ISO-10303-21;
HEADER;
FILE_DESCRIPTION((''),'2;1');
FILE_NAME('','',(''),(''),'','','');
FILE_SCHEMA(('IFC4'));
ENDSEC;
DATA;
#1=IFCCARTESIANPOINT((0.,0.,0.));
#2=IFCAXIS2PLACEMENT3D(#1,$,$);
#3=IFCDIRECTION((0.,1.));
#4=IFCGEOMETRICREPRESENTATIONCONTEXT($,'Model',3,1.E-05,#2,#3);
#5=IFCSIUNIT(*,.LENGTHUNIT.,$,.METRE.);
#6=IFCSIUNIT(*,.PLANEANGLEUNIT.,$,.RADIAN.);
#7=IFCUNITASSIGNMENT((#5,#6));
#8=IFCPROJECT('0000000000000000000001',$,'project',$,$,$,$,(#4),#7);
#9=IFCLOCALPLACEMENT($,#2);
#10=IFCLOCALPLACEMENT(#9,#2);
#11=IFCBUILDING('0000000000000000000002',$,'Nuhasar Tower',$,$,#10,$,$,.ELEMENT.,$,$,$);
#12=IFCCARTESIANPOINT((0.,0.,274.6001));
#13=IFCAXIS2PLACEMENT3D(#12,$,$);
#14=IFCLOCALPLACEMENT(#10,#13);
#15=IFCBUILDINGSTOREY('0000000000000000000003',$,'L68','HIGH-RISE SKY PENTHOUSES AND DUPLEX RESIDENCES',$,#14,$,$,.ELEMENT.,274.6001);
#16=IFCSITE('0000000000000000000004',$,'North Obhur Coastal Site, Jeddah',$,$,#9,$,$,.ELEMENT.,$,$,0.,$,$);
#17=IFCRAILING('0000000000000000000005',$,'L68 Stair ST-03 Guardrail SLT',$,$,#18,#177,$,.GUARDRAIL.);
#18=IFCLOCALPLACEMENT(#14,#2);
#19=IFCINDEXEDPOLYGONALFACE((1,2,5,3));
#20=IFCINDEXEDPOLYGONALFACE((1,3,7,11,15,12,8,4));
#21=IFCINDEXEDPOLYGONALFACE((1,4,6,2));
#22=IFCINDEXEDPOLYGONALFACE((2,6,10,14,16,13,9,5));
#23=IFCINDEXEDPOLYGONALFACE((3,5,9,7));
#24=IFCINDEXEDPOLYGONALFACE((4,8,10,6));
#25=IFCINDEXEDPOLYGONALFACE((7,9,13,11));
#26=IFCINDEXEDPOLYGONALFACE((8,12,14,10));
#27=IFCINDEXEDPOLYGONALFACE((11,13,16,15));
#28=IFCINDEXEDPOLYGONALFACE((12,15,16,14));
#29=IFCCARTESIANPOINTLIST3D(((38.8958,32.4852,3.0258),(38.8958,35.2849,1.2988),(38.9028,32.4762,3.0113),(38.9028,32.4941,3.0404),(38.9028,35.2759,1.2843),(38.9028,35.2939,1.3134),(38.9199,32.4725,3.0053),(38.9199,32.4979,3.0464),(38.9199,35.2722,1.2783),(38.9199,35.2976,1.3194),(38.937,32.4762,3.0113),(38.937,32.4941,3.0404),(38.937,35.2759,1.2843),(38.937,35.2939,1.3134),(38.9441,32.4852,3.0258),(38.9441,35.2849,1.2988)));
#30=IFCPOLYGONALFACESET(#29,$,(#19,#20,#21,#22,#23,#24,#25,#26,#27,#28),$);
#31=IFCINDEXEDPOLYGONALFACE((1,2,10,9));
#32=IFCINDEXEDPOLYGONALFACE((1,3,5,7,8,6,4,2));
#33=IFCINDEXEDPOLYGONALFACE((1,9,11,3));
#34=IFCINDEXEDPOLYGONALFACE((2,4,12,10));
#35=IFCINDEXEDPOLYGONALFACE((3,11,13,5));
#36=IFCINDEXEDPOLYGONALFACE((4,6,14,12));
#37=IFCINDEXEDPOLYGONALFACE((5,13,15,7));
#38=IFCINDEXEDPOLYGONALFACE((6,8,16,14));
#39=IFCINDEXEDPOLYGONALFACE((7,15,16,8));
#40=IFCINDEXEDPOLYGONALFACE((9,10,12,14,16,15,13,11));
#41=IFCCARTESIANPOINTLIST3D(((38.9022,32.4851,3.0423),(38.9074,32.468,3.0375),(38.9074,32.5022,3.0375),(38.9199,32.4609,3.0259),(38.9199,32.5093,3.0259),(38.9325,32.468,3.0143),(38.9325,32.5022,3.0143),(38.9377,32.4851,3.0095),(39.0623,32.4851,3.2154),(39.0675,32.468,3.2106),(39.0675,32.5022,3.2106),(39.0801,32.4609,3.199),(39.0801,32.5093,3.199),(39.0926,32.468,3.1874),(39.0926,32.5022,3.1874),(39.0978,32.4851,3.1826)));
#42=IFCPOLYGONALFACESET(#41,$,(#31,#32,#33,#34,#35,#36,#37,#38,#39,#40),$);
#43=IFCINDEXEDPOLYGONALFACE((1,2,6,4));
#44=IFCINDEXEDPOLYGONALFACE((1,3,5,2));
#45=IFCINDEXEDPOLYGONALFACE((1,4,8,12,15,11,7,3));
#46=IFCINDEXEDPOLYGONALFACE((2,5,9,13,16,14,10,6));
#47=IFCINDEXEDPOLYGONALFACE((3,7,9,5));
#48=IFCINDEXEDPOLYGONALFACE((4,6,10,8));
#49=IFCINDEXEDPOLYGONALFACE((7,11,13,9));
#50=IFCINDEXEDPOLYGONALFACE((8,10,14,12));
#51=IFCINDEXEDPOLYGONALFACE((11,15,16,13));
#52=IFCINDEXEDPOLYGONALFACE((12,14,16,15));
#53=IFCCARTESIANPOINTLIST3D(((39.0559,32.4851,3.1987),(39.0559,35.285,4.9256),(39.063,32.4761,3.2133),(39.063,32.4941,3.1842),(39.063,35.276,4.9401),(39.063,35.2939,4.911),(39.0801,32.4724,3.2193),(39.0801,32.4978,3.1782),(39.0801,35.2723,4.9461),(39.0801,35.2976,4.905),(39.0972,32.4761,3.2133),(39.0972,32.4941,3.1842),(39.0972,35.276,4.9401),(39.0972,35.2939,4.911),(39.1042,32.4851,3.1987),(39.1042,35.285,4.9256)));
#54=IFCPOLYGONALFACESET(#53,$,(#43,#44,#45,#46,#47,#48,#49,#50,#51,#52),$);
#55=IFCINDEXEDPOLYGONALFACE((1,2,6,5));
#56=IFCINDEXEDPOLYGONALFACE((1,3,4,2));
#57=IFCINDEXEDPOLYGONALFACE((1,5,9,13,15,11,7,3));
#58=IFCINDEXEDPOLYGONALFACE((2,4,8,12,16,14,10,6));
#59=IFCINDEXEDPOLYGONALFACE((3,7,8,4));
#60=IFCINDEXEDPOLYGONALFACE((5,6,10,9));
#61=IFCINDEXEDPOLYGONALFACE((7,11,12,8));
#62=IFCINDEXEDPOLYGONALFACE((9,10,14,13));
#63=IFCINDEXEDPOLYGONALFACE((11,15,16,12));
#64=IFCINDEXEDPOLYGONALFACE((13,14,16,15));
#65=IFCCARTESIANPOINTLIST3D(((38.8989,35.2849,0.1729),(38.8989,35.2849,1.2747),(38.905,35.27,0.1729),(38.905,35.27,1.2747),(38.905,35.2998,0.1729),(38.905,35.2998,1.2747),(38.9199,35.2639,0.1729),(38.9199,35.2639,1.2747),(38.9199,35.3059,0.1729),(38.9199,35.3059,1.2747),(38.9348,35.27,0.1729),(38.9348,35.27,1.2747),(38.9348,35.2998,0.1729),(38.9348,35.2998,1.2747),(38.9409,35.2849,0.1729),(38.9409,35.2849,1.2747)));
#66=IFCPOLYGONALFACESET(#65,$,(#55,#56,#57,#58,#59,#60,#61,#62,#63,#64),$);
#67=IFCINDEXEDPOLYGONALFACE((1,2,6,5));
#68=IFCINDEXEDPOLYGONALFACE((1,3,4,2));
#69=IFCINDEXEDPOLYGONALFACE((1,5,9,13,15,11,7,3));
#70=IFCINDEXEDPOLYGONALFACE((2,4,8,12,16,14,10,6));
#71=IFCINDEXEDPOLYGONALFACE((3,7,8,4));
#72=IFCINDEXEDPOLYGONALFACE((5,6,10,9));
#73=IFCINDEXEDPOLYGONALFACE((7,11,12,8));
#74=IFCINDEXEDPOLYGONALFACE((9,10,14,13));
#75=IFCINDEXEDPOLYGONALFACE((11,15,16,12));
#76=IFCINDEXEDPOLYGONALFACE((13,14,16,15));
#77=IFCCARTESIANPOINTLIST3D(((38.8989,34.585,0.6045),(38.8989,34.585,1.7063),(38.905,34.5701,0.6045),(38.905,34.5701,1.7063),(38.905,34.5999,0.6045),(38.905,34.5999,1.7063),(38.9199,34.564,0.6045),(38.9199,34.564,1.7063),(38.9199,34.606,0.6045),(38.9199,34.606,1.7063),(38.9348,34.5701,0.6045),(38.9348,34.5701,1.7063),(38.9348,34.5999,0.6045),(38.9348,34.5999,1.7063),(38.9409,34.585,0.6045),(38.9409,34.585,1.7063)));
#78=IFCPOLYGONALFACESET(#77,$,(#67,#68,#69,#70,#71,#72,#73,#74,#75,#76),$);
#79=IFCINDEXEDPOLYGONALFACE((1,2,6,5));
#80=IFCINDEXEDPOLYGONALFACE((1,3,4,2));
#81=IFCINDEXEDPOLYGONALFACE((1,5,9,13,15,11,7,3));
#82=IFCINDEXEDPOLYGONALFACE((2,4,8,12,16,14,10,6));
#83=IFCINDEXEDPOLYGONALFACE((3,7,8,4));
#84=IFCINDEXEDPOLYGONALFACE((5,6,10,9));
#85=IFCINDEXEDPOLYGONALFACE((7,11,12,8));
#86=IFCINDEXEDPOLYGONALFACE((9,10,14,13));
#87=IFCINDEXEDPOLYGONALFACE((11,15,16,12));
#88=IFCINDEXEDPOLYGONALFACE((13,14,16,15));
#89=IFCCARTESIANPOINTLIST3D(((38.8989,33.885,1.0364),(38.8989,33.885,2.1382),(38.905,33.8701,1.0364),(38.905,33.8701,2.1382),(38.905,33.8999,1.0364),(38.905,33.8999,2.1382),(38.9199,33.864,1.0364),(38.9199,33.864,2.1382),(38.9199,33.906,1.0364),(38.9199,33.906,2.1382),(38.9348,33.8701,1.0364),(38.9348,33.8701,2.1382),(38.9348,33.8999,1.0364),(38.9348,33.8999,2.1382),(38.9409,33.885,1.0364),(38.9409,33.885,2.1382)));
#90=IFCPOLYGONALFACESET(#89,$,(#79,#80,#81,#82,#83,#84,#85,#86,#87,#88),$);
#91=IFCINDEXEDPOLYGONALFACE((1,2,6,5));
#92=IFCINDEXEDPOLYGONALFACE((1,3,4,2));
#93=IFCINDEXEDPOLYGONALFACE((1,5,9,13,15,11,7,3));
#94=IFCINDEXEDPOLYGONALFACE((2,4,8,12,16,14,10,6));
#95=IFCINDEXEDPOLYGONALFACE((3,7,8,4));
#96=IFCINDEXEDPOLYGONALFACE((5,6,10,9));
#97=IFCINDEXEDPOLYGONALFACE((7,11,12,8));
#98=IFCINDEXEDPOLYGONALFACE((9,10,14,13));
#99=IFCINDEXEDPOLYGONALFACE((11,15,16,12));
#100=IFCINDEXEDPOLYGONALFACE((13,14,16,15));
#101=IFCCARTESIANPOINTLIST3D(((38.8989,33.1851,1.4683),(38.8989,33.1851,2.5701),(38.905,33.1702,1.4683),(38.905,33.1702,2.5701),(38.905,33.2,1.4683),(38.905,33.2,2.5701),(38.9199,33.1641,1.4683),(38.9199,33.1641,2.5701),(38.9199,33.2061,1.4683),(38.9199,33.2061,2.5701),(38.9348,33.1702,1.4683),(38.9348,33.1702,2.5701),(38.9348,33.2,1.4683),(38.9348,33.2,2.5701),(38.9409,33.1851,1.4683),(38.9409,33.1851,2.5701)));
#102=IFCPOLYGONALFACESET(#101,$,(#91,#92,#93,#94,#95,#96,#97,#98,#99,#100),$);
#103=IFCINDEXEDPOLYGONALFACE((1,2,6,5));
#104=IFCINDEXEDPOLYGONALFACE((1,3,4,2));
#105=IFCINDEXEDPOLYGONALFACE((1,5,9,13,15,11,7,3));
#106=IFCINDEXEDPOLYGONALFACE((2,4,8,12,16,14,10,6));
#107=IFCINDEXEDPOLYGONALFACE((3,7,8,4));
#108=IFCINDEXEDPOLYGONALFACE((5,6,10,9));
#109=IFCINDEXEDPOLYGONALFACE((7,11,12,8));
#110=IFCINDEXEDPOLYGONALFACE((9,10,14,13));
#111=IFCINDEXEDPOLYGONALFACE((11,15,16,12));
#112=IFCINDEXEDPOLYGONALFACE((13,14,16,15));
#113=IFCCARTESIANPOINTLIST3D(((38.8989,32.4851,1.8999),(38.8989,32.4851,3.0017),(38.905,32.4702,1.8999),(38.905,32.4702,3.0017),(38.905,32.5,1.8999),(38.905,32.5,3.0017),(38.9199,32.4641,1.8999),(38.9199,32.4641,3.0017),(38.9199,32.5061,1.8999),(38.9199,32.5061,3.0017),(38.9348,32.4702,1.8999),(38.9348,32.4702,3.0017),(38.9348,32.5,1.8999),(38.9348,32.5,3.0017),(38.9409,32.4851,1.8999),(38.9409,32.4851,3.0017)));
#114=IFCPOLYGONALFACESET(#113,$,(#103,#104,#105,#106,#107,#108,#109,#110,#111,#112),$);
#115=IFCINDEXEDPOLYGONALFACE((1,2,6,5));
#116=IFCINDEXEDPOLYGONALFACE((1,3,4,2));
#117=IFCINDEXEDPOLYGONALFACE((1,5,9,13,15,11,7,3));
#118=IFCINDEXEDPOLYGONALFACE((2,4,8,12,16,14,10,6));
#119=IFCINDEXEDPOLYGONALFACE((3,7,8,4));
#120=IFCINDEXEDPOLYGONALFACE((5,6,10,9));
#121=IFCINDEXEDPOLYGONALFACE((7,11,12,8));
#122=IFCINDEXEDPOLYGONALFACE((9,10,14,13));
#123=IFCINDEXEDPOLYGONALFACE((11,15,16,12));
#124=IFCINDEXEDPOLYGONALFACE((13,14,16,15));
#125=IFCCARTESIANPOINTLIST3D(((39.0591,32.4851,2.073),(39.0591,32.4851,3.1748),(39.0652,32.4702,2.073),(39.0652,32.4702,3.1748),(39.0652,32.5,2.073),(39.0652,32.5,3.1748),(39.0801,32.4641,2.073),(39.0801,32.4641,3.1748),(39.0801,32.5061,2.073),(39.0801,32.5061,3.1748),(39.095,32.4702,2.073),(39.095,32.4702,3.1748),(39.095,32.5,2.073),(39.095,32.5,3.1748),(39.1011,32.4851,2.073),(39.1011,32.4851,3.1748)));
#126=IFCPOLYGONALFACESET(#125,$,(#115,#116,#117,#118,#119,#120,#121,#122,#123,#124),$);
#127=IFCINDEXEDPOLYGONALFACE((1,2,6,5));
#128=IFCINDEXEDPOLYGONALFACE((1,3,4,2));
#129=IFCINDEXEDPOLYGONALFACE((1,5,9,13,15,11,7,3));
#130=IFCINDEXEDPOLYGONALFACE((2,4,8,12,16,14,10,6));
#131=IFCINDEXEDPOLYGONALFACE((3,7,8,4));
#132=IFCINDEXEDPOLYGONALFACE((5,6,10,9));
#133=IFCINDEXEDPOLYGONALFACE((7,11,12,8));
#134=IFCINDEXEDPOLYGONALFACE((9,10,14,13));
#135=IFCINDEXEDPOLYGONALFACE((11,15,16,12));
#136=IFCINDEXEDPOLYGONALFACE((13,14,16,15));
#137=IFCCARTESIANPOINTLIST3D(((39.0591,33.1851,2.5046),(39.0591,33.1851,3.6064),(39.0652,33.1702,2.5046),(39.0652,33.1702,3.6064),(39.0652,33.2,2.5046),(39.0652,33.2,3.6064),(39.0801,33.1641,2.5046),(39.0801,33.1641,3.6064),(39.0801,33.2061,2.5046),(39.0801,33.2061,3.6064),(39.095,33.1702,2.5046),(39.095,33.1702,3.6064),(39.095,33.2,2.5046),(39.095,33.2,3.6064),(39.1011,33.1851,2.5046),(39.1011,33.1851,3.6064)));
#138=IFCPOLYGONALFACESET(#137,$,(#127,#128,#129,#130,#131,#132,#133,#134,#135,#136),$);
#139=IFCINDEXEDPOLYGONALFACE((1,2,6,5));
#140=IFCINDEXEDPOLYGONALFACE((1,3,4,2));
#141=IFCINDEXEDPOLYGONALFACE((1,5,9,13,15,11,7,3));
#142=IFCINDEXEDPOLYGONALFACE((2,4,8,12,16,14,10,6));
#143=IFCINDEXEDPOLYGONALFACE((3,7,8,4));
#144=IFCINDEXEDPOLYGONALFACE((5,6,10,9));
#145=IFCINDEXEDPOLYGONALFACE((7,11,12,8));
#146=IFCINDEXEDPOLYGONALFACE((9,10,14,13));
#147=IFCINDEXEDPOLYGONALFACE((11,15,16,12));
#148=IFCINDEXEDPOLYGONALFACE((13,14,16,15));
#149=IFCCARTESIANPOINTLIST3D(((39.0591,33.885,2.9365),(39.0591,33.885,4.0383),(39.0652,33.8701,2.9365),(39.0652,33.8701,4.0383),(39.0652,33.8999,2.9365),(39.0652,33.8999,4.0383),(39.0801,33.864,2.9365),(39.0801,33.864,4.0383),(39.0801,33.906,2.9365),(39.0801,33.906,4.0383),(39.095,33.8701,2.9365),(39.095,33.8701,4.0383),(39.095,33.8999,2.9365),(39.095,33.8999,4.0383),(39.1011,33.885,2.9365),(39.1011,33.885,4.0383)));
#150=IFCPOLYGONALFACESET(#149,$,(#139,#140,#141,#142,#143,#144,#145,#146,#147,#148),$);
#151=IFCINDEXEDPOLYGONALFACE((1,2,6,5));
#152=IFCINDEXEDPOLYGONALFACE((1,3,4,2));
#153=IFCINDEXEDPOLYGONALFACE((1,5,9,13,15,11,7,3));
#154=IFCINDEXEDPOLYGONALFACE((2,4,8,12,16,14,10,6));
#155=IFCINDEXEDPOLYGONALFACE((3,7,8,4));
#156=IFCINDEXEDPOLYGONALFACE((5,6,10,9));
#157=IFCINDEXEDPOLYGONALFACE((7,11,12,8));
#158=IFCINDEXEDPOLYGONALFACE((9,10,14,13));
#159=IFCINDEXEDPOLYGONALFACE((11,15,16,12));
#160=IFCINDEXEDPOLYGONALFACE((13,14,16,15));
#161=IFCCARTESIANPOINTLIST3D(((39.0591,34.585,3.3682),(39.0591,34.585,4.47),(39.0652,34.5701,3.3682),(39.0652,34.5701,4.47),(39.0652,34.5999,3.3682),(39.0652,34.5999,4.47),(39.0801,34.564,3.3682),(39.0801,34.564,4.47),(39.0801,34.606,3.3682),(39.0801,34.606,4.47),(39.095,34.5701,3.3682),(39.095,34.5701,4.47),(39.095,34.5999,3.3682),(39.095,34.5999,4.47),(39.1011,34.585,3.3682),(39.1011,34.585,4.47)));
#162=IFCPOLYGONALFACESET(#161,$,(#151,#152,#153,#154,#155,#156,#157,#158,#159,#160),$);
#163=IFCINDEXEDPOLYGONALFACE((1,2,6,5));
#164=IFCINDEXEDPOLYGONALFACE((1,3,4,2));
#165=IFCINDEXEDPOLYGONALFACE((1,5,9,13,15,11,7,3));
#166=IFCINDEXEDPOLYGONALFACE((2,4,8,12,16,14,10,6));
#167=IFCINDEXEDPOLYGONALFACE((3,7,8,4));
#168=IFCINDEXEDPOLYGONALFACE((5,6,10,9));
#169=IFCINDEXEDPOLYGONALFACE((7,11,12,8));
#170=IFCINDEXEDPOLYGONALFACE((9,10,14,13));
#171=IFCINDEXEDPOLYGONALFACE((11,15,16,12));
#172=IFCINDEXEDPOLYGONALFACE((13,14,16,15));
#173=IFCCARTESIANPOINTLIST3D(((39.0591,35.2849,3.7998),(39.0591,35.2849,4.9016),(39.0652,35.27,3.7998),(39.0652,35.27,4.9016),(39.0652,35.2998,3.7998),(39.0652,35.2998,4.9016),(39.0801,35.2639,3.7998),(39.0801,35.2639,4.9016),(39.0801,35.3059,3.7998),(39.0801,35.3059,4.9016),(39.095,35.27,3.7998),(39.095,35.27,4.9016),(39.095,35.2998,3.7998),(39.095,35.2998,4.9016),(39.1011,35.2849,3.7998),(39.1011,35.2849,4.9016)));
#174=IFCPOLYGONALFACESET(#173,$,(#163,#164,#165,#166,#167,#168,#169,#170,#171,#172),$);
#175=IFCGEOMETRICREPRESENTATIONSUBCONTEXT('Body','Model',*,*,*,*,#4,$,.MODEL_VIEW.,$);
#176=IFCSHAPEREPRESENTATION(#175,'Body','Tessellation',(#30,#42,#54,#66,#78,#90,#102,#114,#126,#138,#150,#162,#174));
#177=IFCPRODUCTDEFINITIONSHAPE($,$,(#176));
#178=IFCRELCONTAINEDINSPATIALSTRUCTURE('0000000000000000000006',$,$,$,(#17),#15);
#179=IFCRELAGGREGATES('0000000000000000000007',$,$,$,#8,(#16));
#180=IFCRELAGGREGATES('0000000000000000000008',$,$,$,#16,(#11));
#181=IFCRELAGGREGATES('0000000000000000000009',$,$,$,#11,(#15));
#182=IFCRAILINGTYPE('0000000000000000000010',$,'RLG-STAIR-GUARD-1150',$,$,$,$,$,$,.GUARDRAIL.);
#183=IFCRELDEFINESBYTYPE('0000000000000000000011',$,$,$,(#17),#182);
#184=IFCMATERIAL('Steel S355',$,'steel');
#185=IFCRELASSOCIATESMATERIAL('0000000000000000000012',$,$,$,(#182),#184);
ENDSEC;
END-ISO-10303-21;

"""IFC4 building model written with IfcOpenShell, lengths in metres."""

from ifc_helpers import new_model, si_unit, direction, frame, origin, place, context, subcontext, project, spatial, polyline, outline, extrude, material, type_object, element, save


model = new_model("IFC4")

# Units and contexts
model_context = context("Model", 3, precision=1e-05, world=origin(), true_north=direction((0.0, 1.0)))
body_context = subcontext(model_context, "Body", "Model", "MODEL_VIEW")
ifc_project = project(units=[si_unit("LENGTHUNIT", "METRE"), si_unit("PLANEANGLEUNIT", "RADIAN")], contexts=[model_context])

# Site, building, storey
site_placement = place(None, origin())
site = spatial("IfcSite", under=ifc_project, at=site_placement, Name="North Obhur Coastal Site, Jeddah", CompositionType="ELEMENT", RefElevation=0.0)
building_placement = place(site_placement, origin())
building = spatial("IfcBuilding", under=site, at=building_placement, Name="Nuhasar Tower", CompositionType="ELEMENT")
storey_placement = place(building_placement, frame((0.0, 0.0, 274.6001)))
storey = spatial("IfcBuildingStorey", under=building, at=storey_placement, Name="L68", Description="HIGH-RISE SKY PENTHOUSES AND DUPLEX RESIDENCES", CompositionType="ELEMENT", Elevation=274.6001)

# Shared definitions
ifc_material_1 = material(Name="Steel S355", Category="steel")

# Railing
railing_type_1 = type_object("IfcRailingType", Name="RLG-STAIR-GUARD-1150", PredefinedType="GUARDRAIL", material=ifc_material_1)
railing_1_placement = place(storey_placement, frame((38.9199, 35.2849, 0.1729)))
element("IfcRailing", 1, at=railing_1_placement, inside=storey, type_object=railing_type_1, Name="L68 Stair ST-03 Guardrail SLT", PredefinedType="GUARDRAIL", context=body_context, shape_type="SweptSolid", body=[
    extrude(outline(polyline([(0.0242, 0.0), (0.0171, 0.0171), (0.0, 0.0242), (-0.0171, 0.0171), (-0.0242, 0.0), (-0.0171, -0.0171), (0.0, -0.0242), (0.0171, -0.0171), (0.0242, 0.0)])), frame((0.0, 0.0, 1.126), z_axis=(0.0, -0.851102, 0.525), x_axis=(1.0, 0.0, 0.0)), (0.0, 0.0, 1.0), 3.2896),
    extrude(outline(polyline([(0.0242, 0.0), (0.0171, 0.0171), (0.0, 0.0242), (-0.0171, 0.0171), (-0.0242, 0.0), (-0.0171, -0.0171), (0.0, -0.0242), (0.0171, -0.0171), (0.0242, 0.0)])), frame((0.0, -2.7998, 2.853), z_axis=(0.67914, 0.0, 0.734009), x_axis=(0.0, 1.0, 0.0)), (0.0, 0.0, 1.0), 0.2358),
    extrude(outline(polyline([(0.0242, 0.0), (0.0171, 0.0171), (0.0, 0.0242), (-0.0171, 0.0171), (-0.0242, 0.0), (-0.0171, -0.0171), (0.0, -0.0242), (0.0171, -0.0171), (0.0242, 0.0)])), frame((0.1602, -2.7998, 3.0259), z_axis=(0.0, 0.851135, 0.524946), x_axis=(-1.0, 0.0, 0.0)), (0.0, 0.0, 1.0), 3.2896),
    extrude(outline(polyline([(0.021, 0.0), (0.0149, 0.0149), (0.0, 0.021), (-0.0149, 0.0149), (-0.021, 0.0), (-0.0149, -0.0149), (0.0, -0.021), (0.0149, -0.0149), (0.021, 0.0)])), origin(), (0.0, 0.0, 1.0), 1.1018),
    extrude(outline(polyline([(0.021, 0.0), (0.0149, 0.0149), (0.0, 0.021), (-0.0149, 0.0149), (-0.021, 0.0), (-0.0149, -0.0149), (0.0, -0.021), (0.0149, -0.0149), (0.021, 0.0)])), frame((0.0, -0.7, 0.4316)), (0.0, 0.0, 1.0), 1.1018),
    extrude(outline(polyline([(0.021, 0.0), (0.0149, 0.0149), (0.0, 0.021), (-0.0149, 0.0149), (-0.021, 0.0), (-0.0149, -0.0149), (0.0, -0.021), (0.0149, -0.0149), (0.021, 0.0)])), frame((0.0, -1.3999, 0.8635)), (0.0, 0.0, 1.0), 1.1018),
    extrude(outline(polyline([(0.021, 0.0), (0.0149, 0.0149), (0.0, 0.021), (-0.0149, 0.0149), (-0.021, 0.0), (-0.0149, -0.0149), (0.0, -0.021), (0.0149, -0.0149), (0.021, 0.0)])), frame((0.0, -2.0999, 1.2954)), (0.0, 0.0, 1.0), 1.1018),
    extrude(outline(polyline([(0.021, 0.0), (0.0149, 0.0149), (0.0, 0.021), (-0.0149, 0.0149), (-0.021, 0.0), (-0.0149, -0.0149), (0.0, -0.021), (0.0149, -0.0149), (0.021, 0.0)])), frame((0.0, -2.7998, 1.7271)), (0.0, 0.0, 1.0), 1.1018),
    extrude(outline(polyline([(0.021, 0.0), (0.0149, 0.0149), (0.0, 0.021), (-0.0149, 0.0149), (-0.021, 0.0), (-0.0149, -0.0149), (0.0, -0.021), (0.0149, -0.0149), (0.021, 0.0)])), frame((0.1602, -2.7998, 1.9001)), (0.0, 0.0, 1.0), 1.1018),
    extrude(outline(polyline([(0.021, 0.0), (0.0149, 0.0149), (0.0, 0.021), (-0.0149, 0.0149), (-0.021, 0.0), (-0.0149, -0.0149), (0.0, -0.021), (0.0149, -0.0149), (0.021, 0.0)])), frame((0.1602, -2.0999, 2.3318)), (0.0, 0.0, 1.0), 1.1018),
    extrude(outline(polyline([(0.021, 0.0), (0.0149, 0.0149), (0.0, 0.021), (-0.0149, 0.0149), (-0.021, 0.0), (-0.0149, -0.0149), (0.0, -0.021), (0.0149, -0.0149), (0.021, 0.0)])), frame((0.1602, -1.3999, 2.7637)), (0.0, 0.0, 1.0), 1.1018),
    extrude(outline(polyline([(0.021, 0.0), (0.0149, 0.0149), (0.0, 0.021), (-0.0149, 0.0149), (-0.021, 0.0), (-0.0149, -0.0149), (0.0, -0.021), (0.0149, -0.0149), (0.021, 0.0)])), frame((0.1602, -0.7, 3.1953)), (0.0, 0.0, 1.0), 1.1018),
    extrude(outline(polyline([(0.021, 0.0), (0.0149, 0.0149), (0.0, 0.021), (-0.0149, 0.0149), (-0.021, 0.0), (-0.0149, -0.0149), (0.0, -0.021), (0.0149, -0.0149), (0.021, 0.0)])), frame((0.1602, 0.0, 3.627)), (0.0, 0.0, 1.0), 1.1018),
])

save(model, "model.ifc")
